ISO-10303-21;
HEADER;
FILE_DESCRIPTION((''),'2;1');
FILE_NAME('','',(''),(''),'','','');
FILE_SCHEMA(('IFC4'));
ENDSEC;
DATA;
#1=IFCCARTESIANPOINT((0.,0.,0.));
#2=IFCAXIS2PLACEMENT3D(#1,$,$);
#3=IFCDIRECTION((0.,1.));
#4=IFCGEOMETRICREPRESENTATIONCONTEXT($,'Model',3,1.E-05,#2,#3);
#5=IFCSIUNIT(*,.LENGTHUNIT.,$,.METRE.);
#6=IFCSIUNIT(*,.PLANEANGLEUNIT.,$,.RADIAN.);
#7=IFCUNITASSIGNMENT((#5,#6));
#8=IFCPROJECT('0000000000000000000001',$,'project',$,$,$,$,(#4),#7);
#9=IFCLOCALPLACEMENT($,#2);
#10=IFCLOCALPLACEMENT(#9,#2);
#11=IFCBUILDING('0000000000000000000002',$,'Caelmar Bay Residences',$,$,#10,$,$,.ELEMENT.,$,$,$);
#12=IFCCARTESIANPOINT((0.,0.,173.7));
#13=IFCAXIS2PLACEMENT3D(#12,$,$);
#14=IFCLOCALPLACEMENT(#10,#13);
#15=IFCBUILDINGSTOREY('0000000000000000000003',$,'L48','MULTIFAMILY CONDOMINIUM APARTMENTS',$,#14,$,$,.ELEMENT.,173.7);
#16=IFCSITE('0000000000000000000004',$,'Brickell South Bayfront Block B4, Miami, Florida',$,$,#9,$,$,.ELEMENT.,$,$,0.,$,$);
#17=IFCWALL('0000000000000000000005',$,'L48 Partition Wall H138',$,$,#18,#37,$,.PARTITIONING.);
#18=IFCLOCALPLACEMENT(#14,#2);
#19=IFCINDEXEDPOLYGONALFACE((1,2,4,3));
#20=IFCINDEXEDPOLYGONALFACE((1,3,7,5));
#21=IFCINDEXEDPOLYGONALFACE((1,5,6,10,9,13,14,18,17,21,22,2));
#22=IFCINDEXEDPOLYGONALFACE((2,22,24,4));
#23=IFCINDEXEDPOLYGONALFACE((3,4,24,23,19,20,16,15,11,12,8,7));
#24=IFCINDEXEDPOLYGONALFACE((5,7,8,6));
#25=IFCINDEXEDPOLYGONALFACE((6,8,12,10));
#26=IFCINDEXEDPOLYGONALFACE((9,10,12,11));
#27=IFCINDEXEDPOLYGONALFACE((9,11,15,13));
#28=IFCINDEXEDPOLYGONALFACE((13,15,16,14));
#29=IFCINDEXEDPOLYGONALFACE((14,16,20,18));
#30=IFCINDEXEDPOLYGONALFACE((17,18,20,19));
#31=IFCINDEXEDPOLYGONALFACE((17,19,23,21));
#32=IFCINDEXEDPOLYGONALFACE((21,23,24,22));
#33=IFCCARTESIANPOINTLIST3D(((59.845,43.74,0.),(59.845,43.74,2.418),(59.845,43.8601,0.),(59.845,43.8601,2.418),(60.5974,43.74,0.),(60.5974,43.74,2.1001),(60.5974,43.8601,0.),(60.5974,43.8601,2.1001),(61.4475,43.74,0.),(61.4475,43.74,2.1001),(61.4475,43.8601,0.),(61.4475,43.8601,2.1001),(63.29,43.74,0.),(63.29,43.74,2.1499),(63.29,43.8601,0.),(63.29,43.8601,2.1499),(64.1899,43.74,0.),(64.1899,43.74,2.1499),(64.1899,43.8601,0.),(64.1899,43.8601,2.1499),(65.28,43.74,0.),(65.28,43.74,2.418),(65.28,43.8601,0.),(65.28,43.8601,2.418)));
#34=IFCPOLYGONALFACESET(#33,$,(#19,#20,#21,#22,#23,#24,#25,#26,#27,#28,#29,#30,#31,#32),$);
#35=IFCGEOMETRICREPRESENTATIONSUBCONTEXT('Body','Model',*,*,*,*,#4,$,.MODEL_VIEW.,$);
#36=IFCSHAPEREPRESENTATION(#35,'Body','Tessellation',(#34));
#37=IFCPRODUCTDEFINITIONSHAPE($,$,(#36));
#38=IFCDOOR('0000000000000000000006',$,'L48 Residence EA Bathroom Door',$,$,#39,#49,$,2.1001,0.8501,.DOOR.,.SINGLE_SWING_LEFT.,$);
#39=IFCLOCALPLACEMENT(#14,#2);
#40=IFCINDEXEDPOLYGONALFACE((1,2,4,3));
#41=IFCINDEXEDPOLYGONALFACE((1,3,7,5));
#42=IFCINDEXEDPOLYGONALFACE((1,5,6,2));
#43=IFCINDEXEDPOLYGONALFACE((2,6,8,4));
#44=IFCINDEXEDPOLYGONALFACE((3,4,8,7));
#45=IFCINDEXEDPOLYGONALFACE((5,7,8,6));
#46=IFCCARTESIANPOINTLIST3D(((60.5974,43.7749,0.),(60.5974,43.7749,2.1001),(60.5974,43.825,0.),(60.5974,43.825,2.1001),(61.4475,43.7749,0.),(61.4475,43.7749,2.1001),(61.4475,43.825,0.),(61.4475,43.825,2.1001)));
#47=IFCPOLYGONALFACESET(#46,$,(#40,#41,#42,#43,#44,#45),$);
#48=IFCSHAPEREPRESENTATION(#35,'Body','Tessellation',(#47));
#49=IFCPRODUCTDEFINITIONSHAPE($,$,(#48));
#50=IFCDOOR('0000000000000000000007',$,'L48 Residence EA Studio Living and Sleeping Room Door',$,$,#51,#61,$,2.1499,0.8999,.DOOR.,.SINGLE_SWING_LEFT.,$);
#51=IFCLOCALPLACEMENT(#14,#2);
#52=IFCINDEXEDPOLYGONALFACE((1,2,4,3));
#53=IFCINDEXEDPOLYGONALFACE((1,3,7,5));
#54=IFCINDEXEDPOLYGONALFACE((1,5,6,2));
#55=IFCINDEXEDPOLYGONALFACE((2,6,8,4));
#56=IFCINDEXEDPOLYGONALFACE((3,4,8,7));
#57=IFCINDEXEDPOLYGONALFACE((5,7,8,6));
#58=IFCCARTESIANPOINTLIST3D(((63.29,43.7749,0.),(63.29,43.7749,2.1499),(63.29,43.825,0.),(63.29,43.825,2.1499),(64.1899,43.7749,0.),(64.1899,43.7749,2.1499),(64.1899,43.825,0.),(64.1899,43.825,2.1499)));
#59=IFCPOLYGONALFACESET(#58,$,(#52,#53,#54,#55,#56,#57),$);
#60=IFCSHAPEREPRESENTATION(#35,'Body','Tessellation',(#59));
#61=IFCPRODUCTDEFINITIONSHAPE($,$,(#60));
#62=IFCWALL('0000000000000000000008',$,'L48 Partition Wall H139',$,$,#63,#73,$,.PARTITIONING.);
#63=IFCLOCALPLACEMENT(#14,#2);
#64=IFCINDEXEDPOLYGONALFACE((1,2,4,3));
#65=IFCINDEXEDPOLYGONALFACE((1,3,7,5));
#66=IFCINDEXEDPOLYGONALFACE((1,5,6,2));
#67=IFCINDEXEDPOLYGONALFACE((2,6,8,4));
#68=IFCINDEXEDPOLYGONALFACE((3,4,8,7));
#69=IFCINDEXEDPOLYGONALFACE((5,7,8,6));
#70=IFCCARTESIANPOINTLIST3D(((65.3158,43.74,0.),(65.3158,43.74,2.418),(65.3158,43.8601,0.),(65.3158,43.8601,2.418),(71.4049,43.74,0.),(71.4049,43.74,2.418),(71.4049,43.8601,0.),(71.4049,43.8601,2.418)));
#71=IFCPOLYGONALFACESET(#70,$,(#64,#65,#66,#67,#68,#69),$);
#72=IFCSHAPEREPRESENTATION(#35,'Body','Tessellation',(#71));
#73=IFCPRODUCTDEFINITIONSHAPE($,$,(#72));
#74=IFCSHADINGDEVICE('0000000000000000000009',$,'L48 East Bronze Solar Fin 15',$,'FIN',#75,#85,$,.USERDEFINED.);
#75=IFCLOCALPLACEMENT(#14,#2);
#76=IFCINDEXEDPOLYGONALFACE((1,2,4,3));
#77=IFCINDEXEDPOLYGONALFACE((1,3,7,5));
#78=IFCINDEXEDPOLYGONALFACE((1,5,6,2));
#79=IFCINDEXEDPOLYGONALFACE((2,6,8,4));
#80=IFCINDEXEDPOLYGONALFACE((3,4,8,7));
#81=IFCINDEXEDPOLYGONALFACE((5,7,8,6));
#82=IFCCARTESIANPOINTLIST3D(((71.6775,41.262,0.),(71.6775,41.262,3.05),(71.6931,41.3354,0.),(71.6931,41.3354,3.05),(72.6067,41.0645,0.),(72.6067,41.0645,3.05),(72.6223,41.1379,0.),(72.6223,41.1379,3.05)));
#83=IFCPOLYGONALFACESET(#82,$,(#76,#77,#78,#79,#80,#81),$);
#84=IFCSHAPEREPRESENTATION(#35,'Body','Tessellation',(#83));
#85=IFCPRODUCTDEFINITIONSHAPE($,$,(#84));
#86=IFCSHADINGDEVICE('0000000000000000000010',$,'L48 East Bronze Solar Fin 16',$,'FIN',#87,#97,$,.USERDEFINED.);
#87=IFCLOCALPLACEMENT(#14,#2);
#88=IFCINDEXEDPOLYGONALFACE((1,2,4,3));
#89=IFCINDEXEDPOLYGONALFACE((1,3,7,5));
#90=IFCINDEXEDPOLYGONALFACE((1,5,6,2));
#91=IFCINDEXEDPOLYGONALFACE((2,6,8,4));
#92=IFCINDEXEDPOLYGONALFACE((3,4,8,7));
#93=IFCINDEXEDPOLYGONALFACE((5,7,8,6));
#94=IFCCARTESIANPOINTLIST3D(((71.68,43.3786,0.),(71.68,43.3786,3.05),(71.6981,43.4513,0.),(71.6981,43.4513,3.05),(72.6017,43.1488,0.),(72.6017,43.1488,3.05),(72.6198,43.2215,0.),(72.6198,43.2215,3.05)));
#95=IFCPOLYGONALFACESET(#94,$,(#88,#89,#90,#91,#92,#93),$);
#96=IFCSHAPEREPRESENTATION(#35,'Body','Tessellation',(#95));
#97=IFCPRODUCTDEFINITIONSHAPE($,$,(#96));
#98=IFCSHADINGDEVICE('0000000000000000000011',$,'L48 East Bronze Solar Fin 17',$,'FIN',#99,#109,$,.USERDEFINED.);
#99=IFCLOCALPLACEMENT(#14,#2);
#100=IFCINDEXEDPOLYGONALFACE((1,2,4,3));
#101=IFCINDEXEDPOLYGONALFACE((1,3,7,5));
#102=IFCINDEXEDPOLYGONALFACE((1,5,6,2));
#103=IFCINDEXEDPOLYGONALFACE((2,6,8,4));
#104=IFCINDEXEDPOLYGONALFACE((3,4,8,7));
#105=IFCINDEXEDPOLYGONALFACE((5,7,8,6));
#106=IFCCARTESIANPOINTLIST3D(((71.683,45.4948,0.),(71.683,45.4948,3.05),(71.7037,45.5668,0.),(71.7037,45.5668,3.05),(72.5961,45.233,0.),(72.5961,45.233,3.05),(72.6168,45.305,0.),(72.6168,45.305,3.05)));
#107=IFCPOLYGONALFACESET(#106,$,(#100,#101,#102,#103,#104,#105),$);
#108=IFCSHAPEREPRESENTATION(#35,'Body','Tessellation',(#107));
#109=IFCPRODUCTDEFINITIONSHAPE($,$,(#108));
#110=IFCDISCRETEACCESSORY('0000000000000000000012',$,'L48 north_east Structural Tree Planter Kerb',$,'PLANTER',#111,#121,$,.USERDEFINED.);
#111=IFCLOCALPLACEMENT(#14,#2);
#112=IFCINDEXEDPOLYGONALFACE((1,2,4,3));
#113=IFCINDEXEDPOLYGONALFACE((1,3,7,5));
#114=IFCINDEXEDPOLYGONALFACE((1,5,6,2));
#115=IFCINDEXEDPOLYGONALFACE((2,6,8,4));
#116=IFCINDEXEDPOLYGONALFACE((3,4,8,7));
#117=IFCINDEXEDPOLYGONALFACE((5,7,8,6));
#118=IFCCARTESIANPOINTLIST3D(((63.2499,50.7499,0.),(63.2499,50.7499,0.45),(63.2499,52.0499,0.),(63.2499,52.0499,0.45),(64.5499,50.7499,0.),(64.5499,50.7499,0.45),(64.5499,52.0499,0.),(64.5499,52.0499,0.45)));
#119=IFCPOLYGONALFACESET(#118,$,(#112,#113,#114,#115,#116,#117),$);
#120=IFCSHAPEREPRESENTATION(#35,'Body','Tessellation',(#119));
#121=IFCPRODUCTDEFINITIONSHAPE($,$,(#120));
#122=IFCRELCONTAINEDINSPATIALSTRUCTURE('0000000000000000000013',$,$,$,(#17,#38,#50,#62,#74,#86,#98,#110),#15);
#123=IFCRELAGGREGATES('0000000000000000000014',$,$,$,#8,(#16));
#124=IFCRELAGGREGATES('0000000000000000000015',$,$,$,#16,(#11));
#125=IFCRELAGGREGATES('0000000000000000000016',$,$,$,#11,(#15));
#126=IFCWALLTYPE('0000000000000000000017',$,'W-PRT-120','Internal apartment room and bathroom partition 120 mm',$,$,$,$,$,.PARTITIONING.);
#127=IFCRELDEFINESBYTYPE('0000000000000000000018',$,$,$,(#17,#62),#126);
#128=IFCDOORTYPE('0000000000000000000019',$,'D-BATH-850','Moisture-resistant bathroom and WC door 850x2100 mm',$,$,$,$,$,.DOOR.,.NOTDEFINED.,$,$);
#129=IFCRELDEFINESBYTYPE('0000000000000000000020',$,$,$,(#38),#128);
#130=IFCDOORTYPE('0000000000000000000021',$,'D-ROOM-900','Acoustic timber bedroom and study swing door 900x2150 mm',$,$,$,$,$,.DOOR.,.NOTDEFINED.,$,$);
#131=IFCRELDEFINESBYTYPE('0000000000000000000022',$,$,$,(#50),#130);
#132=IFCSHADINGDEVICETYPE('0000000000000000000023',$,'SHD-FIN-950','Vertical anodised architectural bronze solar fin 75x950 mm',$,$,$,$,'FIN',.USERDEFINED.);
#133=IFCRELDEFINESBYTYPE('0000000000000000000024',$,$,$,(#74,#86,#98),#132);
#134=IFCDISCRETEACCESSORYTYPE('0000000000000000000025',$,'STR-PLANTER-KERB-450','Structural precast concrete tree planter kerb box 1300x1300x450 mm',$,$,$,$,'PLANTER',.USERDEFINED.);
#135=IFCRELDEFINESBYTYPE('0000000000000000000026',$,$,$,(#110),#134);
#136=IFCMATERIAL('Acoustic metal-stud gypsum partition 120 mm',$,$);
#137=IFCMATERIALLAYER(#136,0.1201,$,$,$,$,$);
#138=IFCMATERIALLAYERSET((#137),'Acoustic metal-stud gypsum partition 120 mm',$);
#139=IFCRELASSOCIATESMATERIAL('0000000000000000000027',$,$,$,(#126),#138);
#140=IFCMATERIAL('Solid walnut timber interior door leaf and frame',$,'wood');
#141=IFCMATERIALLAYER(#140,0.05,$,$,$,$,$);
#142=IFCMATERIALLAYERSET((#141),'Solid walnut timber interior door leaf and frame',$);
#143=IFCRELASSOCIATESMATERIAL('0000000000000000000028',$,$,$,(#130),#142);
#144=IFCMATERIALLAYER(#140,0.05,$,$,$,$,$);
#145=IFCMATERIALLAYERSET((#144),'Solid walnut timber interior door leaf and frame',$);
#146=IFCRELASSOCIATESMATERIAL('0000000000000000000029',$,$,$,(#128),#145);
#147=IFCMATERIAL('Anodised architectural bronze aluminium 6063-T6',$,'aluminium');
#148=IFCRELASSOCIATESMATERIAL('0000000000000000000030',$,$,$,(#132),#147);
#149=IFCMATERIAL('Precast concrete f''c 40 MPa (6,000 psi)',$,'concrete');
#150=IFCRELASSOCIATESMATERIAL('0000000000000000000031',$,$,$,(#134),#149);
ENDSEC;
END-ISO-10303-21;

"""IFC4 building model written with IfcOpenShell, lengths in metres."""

from ifc_helpers import new_model, si_unit, direction, frame, frame_2d, origin, origin_2d, place, context, subcontext, project, spatial, rectangle, extrude, material, layer, layer_set, material_profile, profile_set, type_object, element, fill, save


model = new_model("IFC4")

# Units and contexts
model_context = context("Model", 3, precision=1e-05, world=origin(), true_north=direction((0.0, 1.0)))
body_context = subcontext(model_context, "Body", "Model", "MODEL_VIEW")
ifc_project = project(units=[si_unit("LENGTHUNIT", "METRE"), si_unit("PLANEANGLEUNIT", "RADIAN")], contexts=[model_context])

# Site, building, storey
site_placement = place(None, origin())
site = spatial("IfcSite", under=ifc_project, at=site_placement, Name="Brickell South Bayfront Block B4, Miami, Florida", CompositionType="ELEMENT", RefElevation=0.0)
building_placement = place(site_placement, origin())
building = spatial("IfcBuilding", under=site, at=building_placement, Name="Caelmar Bay Residences", CompositionType="ELEMENT")
storey_placement = place(building_placement, frame((0.0, 0.0, 173.7)))
storey = spatial("IfcBuildingStorey", under=building, at=storey_placement, Name="L48", Description="MULTIFAMILY CONDOMINIUM APARTMENTS", CompositionType="ELEMENT", Elevation=173.7)

# Shared definitions
ifc_material_1 = material(Name="Precast concrete f'c 40 MPa (6,000 psi)", Category="concrete")

# Shared definitions
ifc_material_2 = material(Name="Acoustic metal-stud gypsum partition 120 mm")
ifc_layer_1 = layer(ifc_material_2, 0.1201)
ifc_layer_set_1 = layer_set([ifc_layer_1], Name="Acoustic metal-stud gypsum partition 120 mm")
wall_type_1 = type_object("IfcWallType", Name="W-PRT-120", Description="Internal apartment room and bathroom partition 120 mm", PredefinedType="PARTITIONING", material=ifc_layer_set_1)
ifc_material_3 = material(Name="Solid walnut timber interior door leaf and frame", Category="wood")
ifc_layer_2 = layer(ifc_material_3, 0.05)
ifc_layer_set_2 = layer_set([ifc_layer_2], Name="Solid walnut timber interior door leaf and frame")
door_type_1 = type_object("IfcDoorType", Name="D-ROOM-900", Description="Acoustic timber bedroom and study swing door 900x2150 mm", OperationType="NOTDEFINED", PredefinedType="DOOR", material=ifc_layer_set_2)

# Wall, openings, doors
wall_1_placement = place(storey_placement, frame((59.845, 43.8, 0.0), z_axis=(0.0, 0.0, 1.0), x_axis=(1.0, 0.0, 0.0)))
wall_1 = element("IfcWall", 1, at=wall_1_placement, inside=storey, type_object=wall_type_1, Name="L48 Partition Wall H138", PredefinedType="PARTITIONING", context=body_context, shape_type="SweptSolid", body=[
    extrude(rectangle(XDim=5.4351, YDim=0.1201, at=frame_2d((2.7175, 0.0))), origin(), (0.0, 0.0, 1.0), 2.418),
])
opening_1_placement = place(wall_1_placement, frame((3.4451, 0.0, 0.0)))
opening_1 = element("IfcOpeningElement", 2, at=opening_1_placement, cuts=wall_1, PredefinedType="OPENING", context=body_context, shape_type="SweptSolid", body=[
    extrude(rectangle(XDim=0.8999, YDim=2.1499, at=frame_2d((0.45, 1.075))), frame((0.0, 0.0701, 0.0), z_axis=(0.0, -1.0, 0.0), x_axis=(1.0, 0.0, 0.0)), (0.0, 0.0, 1.0), 0.1401),
])
opening_2_placement = place(wall_1_placement, frame((0.7524, 0.0, 0.0)))
opening_2 = element("IfcOpeningElement", 3, at=opening_2_placement, cuts=wall_1, PredefinedType="OPENING", context=body_context, shape_type="SweptSolid", body=[
    extrude(rectangle(XDim=0.8501, YDim=2.1001, at=frame_2d((0.425, 1.05))), frame((0.0, 0.0701, 0.0), z_axis=(0.0, -1.0, 0.0), x_axis=(1.0, 0.0, 0.0)), (0.0, 0.0, 1.0), 0.1401),
])
ifc_layer_3 = layer(ifc_material_3, 0.05)
ifc_layer_set_3 = layer_set([ifc_layer_3], Name="Solid walnut timber interior door leaf and frame")
door_type_2 = type_object("IfcDoorType", Name="D-BATH-850", Description="Moisture-resistant bathroom and WC door 850x2100 mm", OperationType="NOTDEFINED", PredefinedType="DOOR", material=ifc_layer_set_3)
door_1_placement = place(opening_2_placement, origin())
door_1 = element("IfcDoor", 4, at=door_1_placement, inside=storey, type_object=door_type_2, Name="L48 Residence EA Bathroom Door", OperationType="SINGLE_SWING_LEFT", OverallHeight=2.1001, OverallWidth=0.8501, PredefinedType="DOOR", context=body_context, shape_type="SweptSolid", body=[
    extrude(rectangle(XDim=0.8501, YDim=2.1001, at=frame_2d((0.425, 1.05))), frame((0.0, 0.0249, 0.0), z_axis=(0.0, -1.0, 0.0), x_axis=(1.0, 0.0, 0.0)), (0.0, 0.0, 1.0), 0.05),
])
fill(opening_2, door_1)
door_2_placement = place(opening_1_placement, origin())
door_2 = element("IfcDoor", 5, at=door_2_placement, inside=storey, type_object=door_type_1, Name="L48 Residence EA Studio Living and Sleeping Room Door", OperationType="SINGLE_SWING_LEFT", OverallHeight=2.1499, OverallWidth=0.8999, PredefinedType="DOOR", context=body_context, shape_type="SweptSolid", body=[
    extrude(rectangle(XDim=0.8999, YDim=2.1499, at=frame_2d((0.45, 1.075))), frame((0.0, 0.0249, 0.0), z_axis=(0.0, -1.0, 0.0), x_axis=(1.0, 0.0, 0.0)), (0.0, 0.0, 1.0), 0.05),
])
fill(opening_1, door_2)

# Wall
wall_2_placement = place(storey_placement, frame((65.3159, 43.8, 0.0), z_axis=(0.0, 0.0, 1.0), x_axis=(1.0, 0.0, 0.0)))
element("IfcWall", 6, at=wall_2_placement, inside=storey, type_object=wall_type_1, Name="L48 Partition Wall H139", PredefinedType="PARTITIONING", context=body_context, shape_type="SweptSolid", body=[
    extrude(rectangle(XDim=6.0891, YDim=0.1201, at=frame_2d((3.0444, 0.0))), origin(), (0.0, 0.0, 1.0), 2.418),
])

# Shading devices
ifc_material_4 = material(Name="Anodised architectural bronze aluminium 6063-T6", Category="aluminium")
ifc_material_profile_1 = material_profile(ifc_material_4, rectangle(XDim=0.075, YDim=0.95, at=origin_2d()), Name="BRONZE-FIN-75X950")
ifc_profile_set_1 = profile_set([ifc_material_profile_1], Name="Anodised architectural bronze aluminium 6063-T6")
shading_device_type = type_object("IfcShadingDeviceType", Name="SHD-FIN-950", Description="Vertical anodised architectural bronze solar fin 75x950 mm", ElementType="FIN", PredefinedType="USERDEFINED", material=ifc_profile_set_1)
for number, where, z_axis, x_axis, name in (
    (7, (72.1499, 41.2, 0.0), (0.0, 0.0, 1.0), (0.207912, 0.978148, 0.0), "L48 East Bronze Solar Fin 15"),
    (8, (72.1499, 43.3, 0.0), (0.0, 0.0, 1.0), (0.241922, 0.970296, 0.0), "L48 East Bronze Solar Fin 16"),
    (9, (72.1499, 45.3999, 0.0), (0.0, 0.0, 1.0), (0.275637, 0.961262, 0.0), "L48 East Bronze Solar Fin 17"),
):
    element("IfcShadingDevice", number, at=place(storey_placement, frame(where, z_axis=z_axis, x_axis=x_axis)), inside=storey, type_object=shading_device_type, Name=name, ObjectType="FIN", PredefinedType="USERDEFINED", context=body_context, shape_type="SweptSolid", body=[
        extrude(rectangle(XDim=0.075, YDim=0.95, at=origin_2d()), origin(), (0.0, 0.0, 1.0), 3.05),
    ])

# Discrete accessory
discrete_accessory_type = type_object("IfcDiscreteAccessoryType", Name="STR-PLANTER-KERB-450", Description="Structural precast concrete tree planter kerb box 1300x1300x450 mm", ElementType="PLANTER", PredefinedType="USERDEFINED", material=ifc_material_1)
discrete_accessory_placement = place(storey_placement, frame((63.8999, 51.3999, 0.0), z_axis=(0.0, 0.0, 1.0), x_axis=(1.0, 0.0, 0.0)))
element("IfcDiscreteAccessory", 10, at=discrete_accessory_placement, inside=storey, type_object=discrete_accessory_type, Name="L48 north_east Structural Tree Planter Kerb", ObjectType="PLANTER", PredefinedType="USERDEFINED", context=body_context, shape_type="SweptSolid", body=[
    extrude(rectangle(XDim=1.3, YDim=1.3, at=origin_2d()), origin(), (0.0, 0.0, 1.0), 0.45),
])

save(model, "model.ifc")
